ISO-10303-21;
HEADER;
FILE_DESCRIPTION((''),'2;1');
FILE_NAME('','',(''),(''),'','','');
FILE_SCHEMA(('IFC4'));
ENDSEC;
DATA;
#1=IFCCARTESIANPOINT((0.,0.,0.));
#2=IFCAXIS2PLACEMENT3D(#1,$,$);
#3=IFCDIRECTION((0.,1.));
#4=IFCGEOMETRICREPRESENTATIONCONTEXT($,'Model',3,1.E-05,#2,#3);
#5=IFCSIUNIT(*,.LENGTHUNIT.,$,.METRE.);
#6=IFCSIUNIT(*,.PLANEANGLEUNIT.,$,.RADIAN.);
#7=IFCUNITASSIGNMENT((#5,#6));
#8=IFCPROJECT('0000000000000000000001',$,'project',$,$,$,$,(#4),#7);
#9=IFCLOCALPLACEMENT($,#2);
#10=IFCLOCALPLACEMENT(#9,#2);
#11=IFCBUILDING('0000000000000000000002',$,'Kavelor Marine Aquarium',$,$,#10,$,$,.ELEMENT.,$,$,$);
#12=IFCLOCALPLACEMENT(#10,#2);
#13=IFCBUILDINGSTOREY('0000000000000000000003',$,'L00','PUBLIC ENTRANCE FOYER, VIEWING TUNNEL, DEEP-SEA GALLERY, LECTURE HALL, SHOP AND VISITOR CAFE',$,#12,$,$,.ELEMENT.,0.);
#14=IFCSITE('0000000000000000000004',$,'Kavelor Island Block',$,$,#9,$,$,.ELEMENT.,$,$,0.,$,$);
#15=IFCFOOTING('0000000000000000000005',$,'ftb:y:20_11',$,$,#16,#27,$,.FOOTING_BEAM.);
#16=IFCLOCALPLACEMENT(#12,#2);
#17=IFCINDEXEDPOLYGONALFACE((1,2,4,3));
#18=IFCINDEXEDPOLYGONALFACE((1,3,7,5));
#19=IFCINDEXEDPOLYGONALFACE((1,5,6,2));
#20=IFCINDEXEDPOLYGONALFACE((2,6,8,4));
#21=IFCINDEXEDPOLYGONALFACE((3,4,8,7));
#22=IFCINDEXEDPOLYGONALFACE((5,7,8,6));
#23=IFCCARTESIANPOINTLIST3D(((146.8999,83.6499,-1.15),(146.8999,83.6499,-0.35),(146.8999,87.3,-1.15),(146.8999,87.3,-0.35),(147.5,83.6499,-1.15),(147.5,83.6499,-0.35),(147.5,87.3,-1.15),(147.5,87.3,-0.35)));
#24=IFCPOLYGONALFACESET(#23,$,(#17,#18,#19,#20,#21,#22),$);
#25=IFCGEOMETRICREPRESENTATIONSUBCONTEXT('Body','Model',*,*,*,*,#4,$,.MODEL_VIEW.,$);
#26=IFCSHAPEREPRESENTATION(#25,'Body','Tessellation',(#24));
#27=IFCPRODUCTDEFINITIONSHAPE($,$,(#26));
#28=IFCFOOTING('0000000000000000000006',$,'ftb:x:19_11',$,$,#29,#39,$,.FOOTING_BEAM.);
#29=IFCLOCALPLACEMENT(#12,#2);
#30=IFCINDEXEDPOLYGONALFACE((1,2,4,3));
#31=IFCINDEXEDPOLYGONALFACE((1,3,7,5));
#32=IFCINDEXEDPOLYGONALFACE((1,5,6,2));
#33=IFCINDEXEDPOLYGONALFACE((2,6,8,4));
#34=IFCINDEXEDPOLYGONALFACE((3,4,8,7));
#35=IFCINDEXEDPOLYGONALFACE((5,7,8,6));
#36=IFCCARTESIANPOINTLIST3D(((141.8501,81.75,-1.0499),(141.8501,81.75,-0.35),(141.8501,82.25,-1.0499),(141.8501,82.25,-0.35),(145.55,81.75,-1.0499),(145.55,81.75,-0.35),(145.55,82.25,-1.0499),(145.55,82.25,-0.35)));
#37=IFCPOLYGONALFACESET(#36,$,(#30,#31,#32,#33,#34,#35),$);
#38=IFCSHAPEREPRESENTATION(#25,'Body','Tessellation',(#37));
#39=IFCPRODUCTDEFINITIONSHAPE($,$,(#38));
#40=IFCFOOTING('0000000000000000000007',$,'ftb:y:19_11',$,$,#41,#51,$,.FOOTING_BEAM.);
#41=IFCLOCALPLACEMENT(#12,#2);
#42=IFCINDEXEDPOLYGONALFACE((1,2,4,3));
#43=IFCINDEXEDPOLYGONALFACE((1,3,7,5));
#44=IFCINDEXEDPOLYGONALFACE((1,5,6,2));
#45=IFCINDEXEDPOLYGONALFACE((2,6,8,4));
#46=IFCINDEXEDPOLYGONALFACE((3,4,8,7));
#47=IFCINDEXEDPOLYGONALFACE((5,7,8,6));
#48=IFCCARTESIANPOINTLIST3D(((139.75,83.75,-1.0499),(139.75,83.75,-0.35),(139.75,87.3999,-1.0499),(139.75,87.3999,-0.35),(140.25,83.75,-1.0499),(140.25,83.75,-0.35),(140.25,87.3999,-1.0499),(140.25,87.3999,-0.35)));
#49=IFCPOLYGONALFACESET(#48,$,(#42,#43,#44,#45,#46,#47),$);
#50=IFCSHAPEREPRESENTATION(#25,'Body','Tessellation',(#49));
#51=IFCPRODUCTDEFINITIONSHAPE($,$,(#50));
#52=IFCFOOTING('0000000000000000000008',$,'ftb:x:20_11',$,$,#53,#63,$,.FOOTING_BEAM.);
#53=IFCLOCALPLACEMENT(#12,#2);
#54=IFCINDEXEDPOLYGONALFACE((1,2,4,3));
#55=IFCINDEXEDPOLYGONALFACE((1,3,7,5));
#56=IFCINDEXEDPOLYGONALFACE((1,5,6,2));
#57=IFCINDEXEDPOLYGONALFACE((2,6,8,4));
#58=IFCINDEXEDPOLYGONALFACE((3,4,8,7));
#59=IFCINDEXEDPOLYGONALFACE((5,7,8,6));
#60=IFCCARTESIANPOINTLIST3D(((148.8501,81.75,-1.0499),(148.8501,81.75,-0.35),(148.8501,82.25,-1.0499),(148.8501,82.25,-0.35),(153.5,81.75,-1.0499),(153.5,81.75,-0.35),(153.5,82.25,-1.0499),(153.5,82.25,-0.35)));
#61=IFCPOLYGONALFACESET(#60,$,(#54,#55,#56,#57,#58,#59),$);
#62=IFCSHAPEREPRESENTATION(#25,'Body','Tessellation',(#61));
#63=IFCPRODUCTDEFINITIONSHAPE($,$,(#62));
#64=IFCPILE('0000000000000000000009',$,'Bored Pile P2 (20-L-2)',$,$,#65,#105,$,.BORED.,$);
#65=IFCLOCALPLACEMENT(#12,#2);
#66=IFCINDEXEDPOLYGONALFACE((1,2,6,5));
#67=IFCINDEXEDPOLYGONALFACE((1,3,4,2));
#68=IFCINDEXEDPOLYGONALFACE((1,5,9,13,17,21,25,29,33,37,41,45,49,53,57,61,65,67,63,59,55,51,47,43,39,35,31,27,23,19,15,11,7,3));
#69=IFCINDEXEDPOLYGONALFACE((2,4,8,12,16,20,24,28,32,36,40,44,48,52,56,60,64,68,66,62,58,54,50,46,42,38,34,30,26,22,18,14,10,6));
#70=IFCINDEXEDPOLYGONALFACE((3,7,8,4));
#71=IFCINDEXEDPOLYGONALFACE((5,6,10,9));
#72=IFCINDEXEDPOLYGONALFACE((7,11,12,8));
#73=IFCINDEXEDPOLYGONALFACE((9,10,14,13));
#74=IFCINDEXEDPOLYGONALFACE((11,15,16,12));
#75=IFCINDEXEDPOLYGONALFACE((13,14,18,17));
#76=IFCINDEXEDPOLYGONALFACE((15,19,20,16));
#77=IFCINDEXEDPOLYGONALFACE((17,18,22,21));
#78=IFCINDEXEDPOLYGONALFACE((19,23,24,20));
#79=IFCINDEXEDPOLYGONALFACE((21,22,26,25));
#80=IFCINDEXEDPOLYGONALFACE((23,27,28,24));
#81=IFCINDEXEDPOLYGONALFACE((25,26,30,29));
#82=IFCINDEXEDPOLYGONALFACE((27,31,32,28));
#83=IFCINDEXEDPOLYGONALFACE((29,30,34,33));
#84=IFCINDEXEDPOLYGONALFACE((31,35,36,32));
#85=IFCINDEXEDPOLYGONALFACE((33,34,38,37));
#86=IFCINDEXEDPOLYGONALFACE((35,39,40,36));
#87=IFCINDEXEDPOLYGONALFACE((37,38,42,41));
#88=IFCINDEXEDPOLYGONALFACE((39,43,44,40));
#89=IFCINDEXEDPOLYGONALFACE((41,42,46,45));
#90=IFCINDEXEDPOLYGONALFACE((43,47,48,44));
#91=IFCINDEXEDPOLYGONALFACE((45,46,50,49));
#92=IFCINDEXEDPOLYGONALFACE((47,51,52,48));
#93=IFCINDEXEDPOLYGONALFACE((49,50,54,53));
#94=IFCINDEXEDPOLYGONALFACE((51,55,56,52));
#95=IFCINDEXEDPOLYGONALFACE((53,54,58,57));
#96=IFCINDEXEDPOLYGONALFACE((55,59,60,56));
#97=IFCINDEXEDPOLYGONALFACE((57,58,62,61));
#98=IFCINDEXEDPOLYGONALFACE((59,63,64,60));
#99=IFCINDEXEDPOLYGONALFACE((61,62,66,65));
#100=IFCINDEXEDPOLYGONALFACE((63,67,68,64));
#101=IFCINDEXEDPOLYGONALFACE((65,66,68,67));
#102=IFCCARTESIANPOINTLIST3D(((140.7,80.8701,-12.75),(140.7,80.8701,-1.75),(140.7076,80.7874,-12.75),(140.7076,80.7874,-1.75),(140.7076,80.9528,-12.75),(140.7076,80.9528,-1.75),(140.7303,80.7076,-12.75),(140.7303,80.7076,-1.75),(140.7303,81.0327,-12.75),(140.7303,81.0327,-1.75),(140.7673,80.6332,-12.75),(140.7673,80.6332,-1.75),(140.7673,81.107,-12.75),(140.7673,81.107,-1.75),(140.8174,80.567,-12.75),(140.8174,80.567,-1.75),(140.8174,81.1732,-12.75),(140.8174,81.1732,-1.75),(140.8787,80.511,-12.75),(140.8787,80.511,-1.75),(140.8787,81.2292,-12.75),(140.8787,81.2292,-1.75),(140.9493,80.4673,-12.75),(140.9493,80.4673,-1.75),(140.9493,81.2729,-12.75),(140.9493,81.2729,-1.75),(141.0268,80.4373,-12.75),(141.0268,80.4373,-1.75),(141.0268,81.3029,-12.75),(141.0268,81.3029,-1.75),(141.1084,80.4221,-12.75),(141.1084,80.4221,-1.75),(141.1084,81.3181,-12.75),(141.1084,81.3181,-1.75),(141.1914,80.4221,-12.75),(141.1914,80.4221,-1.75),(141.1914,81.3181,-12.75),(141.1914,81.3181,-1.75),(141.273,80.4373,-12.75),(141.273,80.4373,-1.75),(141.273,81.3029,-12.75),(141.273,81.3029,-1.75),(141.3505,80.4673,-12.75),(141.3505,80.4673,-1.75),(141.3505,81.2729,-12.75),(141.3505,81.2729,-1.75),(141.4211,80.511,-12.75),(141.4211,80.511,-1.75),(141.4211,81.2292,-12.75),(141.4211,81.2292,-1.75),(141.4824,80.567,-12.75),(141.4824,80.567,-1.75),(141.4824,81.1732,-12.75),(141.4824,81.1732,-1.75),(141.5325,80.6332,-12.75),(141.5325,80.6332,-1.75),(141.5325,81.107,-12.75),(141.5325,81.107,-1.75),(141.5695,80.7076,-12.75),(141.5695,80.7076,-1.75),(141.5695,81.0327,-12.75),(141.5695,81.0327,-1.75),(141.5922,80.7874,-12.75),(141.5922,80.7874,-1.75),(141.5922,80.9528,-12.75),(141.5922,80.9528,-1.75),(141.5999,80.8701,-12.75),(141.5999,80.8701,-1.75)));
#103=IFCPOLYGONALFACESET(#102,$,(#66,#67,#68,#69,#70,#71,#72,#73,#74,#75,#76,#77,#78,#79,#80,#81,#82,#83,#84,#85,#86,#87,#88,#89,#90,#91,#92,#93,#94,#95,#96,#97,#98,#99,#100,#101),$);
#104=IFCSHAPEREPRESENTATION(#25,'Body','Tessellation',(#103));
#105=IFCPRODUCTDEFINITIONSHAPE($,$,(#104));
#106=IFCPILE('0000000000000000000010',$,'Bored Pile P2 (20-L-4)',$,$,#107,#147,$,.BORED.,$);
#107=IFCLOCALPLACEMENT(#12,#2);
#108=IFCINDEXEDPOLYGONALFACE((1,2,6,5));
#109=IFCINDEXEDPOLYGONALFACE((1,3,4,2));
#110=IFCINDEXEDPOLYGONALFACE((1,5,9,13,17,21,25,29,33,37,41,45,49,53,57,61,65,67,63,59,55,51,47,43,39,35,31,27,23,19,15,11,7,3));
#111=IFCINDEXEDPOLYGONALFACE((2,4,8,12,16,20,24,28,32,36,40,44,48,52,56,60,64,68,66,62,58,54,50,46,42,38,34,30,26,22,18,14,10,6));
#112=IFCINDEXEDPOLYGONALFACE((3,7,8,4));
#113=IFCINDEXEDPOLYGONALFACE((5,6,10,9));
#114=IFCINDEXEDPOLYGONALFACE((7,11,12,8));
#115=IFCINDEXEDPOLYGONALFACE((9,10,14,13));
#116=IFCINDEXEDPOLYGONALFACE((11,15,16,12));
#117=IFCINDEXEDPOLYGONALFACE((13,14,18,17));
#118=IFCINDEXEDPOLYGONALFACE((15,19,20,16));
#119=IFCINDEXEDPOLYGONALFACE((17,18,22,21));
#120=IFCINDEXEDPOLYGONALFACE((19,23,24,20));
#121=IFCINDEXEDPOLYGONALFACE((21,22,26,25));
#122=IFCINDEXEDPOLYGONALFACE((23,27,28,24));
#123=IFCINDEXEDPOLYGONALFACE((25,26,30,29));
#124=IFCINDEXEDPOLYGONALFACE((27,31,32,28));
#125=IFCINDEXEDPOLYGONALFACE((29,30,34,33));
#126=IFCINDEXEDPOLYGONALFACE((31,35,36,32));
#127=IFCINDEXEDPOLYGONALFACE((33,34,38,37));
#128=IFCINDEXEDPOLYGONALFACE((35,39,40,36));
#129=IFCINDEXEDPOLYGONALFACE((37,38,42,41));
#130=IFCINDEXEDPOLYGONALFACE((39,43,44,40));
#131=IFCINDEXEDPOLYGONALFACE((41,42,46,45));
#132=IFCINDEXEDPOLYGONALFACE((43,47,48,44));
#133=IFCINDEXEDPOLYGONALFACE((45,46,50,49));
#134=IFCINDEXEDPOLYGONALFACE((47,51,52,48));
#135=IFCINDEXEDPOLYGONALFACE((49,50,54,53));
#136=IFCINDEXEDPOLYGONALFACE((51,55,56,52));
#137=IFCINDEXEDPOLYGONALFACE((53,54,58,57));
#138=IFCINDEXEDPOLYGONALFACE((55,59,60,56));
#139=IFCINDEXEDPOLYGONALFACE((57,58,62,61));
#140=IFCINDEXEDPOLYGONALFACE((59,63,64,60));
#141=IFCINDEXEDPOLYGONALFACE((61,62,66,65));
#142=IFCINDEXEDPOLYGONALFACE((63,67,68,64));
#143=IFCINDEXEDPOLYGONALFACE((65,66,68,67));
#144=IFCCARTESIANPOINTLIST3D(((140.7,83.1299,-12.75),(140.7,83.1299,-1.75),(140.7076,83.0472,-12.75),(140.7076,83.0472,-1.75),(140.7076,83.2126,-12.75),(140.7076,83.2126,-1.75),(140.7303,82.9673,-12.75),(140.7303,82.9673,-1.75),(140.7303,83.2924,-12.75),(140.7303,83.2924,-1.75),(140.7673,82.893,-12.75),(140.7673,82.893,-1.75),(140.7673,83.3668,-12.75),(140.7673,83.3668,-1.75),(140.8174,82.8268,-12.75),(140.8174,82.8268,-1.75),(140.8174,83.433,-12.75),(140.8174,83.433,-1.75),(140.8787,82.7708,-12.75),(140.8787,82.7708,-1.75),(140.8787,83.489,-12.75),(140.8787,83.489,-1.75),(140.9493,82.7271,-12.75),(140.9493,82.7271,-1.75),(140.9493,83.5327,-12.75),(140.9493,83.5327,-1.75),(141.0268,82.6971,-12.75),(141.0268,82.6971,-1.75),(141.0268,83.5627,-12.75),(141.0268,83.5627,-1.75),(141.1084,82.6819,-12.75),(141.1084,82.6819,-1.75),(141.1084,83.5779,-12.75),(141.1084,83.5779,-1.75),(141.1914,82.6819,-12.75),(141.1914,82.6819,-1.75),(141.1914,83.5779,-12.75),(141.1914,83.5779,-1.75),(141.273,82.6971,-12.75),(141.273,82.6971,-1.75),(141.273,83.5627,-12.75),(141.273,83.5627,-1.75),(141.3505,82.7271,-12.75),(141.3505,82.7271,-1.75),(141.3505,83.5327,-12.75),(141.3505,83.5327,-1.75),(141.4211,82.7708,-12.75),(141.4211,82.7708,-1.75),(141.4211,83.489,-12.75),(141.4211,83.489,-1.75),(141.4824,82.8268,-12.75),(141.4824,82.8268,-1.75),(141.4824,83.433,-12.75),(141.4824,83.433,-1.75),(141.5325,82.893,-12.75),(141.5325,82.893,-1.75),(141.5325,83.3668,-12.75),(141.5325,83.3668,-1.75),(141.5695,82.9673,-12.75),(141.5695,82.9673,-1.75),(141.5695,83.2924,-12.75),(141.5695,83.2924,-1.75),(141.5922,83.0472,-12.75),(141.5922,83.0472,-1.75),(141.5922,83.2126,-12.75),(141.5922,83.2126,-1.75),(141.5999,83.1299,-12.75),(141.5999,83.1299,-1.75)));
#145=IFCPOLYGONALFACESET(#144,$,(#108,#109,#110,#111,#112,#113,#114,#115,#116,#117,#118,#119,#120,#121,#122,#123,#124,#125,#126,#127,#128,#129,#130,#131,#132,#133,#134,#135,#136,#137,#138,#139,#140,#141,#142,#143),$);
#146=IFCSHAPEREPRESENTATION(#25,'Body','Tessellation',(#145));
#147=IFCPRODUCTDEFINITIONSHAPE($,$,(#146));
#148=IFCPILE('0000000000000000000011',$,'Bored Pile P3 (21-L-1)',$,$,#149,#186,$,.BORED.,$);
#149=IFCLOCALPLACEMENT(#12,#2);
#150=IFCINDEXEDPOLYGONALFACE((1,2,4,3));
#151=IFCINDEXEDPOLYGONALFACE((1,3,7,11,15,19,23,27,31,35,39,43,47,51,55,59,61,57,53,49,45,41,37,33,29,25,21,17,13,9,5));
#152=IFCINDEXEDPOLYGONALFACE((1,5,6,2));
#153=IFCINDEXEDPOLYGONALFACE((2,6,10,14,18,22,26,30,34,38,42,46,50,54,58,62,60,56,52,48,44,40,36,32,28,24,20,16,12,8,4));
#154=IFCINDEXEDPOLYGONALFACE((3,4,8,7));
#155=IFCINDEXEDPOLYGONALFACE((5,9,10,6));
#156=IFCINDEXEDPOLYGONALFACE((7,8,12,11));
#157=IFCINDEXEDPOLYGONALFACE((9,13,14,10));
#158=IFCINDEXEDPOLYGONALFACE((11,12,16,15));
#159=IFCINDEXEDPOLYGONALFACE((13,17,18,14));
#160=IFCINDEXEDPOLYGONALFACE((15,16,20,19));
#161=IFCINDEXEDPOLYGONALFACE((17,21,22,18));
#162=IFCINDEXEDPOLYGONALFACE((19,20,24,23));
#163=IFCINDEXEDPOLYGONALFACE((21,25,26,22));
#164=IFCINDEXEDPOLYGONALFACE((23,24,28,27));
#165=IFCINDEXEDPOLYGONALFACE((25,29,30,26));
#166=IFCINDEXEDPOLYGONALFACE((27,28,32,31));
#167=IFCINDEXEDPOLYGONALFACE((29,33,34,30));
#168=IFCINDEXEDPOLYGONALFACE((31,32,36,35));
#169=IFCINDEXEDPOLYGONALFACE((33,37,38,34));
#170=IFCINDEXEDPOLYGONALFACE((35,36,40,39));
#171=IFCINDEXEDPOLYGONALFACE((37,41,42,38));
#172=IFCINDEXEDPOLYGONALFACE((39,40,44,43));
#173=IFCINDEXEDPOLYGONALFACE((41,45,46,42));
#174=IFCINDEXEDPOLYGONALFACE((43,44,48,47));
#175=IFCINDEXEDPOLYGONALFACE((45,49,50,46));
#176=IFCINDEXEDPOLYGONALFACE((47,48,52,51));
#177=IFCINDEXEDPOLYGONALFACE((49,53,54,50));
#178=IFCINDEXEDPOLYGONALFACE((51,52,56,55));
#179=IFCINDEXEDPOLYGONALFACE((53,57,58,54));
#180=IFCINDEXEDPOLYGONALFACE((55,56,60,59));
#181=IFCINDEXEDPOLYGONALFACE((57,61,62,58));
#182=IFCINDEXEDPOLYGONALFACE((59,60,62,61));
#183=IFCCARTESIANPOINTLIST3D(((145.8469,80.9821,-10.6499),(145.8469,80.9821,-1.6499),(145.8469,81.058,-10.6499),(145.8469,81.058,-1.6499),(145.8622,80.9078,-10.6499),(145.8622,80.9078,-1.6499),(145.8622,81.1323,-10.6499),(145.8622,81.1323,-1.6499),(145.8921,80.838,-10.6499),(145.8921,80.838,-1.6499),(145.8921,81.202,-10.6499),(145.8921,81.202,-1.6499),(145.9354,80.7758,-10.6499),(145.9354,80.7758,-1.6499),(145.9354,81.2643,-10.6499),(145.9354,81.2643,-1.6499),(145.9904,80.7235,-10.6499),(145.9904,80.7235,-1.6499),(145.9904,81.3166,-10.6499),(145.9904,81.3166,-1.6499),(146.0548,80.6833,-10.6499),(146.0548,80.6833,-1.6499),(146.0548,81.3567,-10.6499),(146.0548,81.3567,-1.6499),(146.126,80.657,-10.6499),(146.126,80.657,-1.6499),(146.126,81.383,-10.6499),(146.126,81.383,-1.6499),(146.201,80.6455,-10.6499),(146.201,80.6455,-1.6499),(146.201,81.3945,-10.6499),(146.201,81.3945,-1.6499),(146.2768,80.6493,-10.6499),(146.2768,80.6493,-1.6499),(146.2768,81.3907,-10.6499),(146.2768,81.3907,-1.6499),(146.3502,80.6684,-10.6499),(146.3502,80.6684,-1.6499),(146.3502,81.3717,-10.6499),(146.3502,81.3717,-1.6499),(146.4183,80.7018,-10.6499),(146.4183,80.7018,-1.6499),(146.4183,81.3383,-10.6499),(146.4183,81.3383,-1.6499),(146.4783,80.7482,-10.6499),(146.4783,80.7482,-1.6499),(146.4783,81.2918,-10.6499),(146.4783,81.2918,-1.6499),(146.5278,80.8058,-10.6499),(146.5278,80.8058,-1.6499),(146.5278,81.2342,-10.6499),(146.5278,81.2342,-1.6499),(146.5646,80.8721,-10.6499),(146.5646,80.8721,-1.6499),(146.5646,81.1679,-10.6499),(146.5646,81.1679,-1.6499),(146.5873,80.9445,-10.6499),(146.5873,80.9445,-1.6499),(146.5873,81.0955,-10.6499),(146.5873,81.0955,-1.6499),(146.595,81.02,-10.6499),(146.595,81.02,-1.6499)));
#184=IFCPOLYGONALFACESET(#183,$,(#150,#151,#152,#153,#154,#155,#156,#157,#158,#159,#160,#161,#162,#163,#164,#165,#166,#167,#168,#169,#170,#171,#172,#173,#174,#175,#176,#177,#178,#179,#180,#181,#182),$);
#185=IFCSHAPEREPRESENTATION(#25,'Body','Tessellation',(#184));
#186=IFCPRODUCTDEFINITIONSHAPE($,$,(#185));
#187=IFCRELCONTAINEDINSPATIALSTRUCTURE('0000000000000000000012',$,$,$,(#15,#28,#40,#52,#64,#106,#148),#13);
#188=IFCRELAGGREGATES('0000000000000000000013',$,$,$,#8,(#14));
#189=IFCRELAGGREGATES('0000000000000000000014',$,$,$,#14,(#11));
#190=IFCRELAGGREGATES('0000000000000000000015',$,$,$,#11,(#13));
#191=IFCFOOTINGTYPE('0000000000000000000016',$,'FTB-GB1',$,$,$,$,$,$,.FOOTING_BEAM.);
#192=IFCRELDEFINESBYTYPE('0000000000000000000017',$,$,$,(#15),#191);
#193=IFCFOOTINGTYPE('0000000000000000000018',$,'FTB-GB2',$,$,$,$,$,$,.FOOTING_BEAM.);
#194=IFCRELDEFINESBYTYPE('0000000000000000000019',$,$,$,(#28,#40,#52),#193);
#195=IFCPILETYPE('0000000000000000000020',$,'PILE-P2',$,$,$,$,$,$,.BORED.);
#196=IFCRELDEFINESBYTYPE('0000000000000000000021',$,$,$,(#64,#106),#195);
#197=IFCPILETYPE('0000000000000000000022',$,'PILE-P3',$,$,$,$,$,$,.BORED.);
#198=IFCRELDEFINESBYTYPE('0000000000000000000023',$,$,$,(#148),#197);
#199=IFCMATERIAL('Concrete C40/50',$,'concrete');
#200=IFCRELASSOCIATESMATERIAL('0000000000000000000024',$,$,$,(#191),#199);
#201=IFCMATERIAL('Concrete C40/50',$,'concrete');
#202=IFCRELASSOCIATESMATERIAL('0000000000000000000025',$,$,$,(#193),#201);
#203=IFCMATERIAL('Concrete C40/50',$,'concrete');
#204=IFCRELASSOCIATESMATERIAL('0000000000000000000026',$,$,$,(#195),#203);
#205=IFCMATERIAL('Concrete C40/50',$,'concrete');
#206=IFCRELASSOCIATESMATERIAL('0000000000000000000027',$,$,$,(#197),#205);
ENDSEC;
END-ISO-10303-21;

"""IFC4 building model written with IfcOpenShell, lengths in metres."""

from ifc_helpers import new_model, si_unit, direction, frame, origin, origin_2d, place, context, subcontext, project, spatial, rectangle, circle, extrude, material, material_profile, profile_set, type_object, element, save


model = new_model("IFC4")

# Units and contexts
model_context = context("Model", 3, precision=1e-05, world=origin(), true_north=direction((0.0, 1.0)))
body_context = subcontext(model_context, "Body", "Model", "MODEL_VIEW")
ifc_project = project(units=[si_unit("LENGTHUNIT", "METRE"), si_unit("PLANEANGLEUNIT", "RADIAN")], contexts=[model_context])

# Site, building, storey
site_placement = place(None, origin())
site = spatial("IfcSite", under=ifc_project, at=site_placement, Name="Kavelor Island Block", CompositionType="ELEMENT", RefElevation=0.0)
building_placement = place(site_placement, origin())
building = spatial("IfcBuilding", under=site, at=building_placement, Name="Kavelor Marine Aquarium", CompositionType="ELEMENT")
storey_placement = place(building_placement, origin())
storey = spatial("IfcBuildingStorey", under=building, at=storey_placement, Name="L00", Description="PUBLIC ENTRANCE FOYER, VIEWING TUNNEL, DEEP-SEA GALLERY, LECTURE HALL, SHOP AND VISITOR CAFE", CompositionType="ELEMENT", Elevation=0.0)

# Footings
ifc_material_1 = material(Name="Concrete C40/50", Category="concrete")
ifc_material_profile_1 = material_profile(ifc_material_1, rectangle(XDim=0.6001, YDim=0.8, at=origin_2d()), Name="GB 600x800")
ifc_profile_set_1 = profile_set([ifc_material_profile_1], Name="Concrete C40/50")
footing_type_1 = type_object("IfcFootingType", Name="FTB-GB1", PredefinedType="FOOTING_BEAM", material=ifc_profile_set_1)
footing_1_placement = place(storey_placement, frame((147.2, 83.6499, -0.75), z_axis=(0.0, 1.0, 0.0), x_axis=(-1.0, 0.0, 0.0)))
element("IfcFooting", 1, at=footing_1_placement, inside=storey, type_object=footing_type_1, Name="ftb:y:20_11", PredefinedType="FOOTING_BEAM", context=body_context, shape_type="SweptSolid", body=[
    extrude(rectangle(XDim=0.6001, YDim=0.8, at=origin_2d()), origin(), (0.0, 0.0, 1.0), 3.6501),
])
ifc_material_2 = material(Name="Concrete C40/50", Category="concrete")
ifc_material_profile_2 = material_profile(ifc_material_2, rectangle(XDim=0.5, YDim=0.7, at=origin_2d()), Name="GB 500x700")
ifc_profile_set_2 = profile_set([ifc_material_profile_2], Name="Concrete C40/50")
footing_type_2 = type_object("IfcFootingType", Name="FTB-GB2", PredefinedType="FOOTING_BEAM", material=ifc_profile_set_2)
footing_2_placement = place(storey_placement, frame((141.8501, 82.0, -0.7), z_axis=(1.0, 0.0, 0.0), x_axis=(0.0, 1.0, 0.0)))
element("IfcFooting", 2, at=footing_2_placement, inside=storey, type_object=footing_type_2, Name="ftb:x:19_11", PredefinedType="FOOTING_BEAM", context=body_context, shape_type="SweptSolid", body=[
    extrude(rectangle(XDim=0.5, YDim=0.7, at=origin_2d()), origin(), (0.0, 0.0, 1.0), 3.7),
])
footing_3_placement = place(storey_placement, frame((140.0, 83.75, -0.7), z_axis=(0.0, 1.0, 0.0), x_axis=(-1.0, 0.0, 0.0)))
element("IfcFooting", 3, at=footing_3_placement, inside=storey, type_object=footing_type_2, Name="ftb:y:19_11", PredefinedType="FOOTING_BEAM", context=body_context, shape_type="SweptSolid", body=[
    extrude(rectangle(XDim=0.5, YDim=0.7, at=origin_2d()), origin(), (0.0, 0.0, 1.0), 3.6499),
])
footing_4_placement = place(storey_placement, frame((148.8501, 82.0, -0.7), z_axis=(1.0, 0.0, 0.0), x_axis=(0.0, 1.0, 0.0)))
element("IfcFooting", 4, at=footing_4_placement, inside=storey, type_object=footing_type_2, Name="ftb:x:20_11", PredefinedType="FOOTING_BEAM", context=body_context, shape_type="SweptSolid", body=[
    extrude(rectangle(XDim=0.5, YDim=0.7, at=origin_2d()), origin(), (0.0, 0.0, 1.0), 4.6499),
])

# Piles
ifc_material_3 = material(Name="Concrete C40/50", Category="concrete")
ifc_material_profile_3 = material_profile(ifc_material_3, circle(Radius=0.45, at=origin_2d()), Name="PILE D900")
ifc_profile_set_3 = profile_set([ifc_material_profile_3], Name="Concrete C40/50")
pile_type_1 = type_object("IfcPileType", Name="PILE-P2", PredefinedType="BORED", material=ifc_profile_set_3)
for number, where, z_axis, x_axis, name in (
    (5, (141.1499, 80.8701, -1.75), (0.0, 0.0, -1.0), (1.0, 0.0, 0.0), "Bored Pile P2 (20-L-2)"),
    (6, (141.1499, 83.1299, -1.75), (0.0, 0.0, -1.0), (1.0, 0.0, 0.0), "Bored Pile P2 (20-L-4)"),
):
    element("IfcPile", number, at=place(storey_placement, frame(where, z_axis=z_axis, x_axis=x_axis)), inside=storey, type_object=pile_type_1, Name=name, PredefinedType="BORED", context=body_context, shape_type="SweptSolid", body=[
        extrude(circle(Radius=0.45, at=origin_2d()), origin(), (0.0, 0.0, 1.0), 11.0),
    ])
ifc_material_4 = material(Name="Concrete C40/50", Category="concrete")
ifc_material_profile_4 = material_profile(ifc_material_4, circle(Radius=0.375, at=origin_2d()), Name="PILE D750")
ifc_profile_set_4 = profile_set([ifc_material_profile_4], Name="Concrete C40/50")
pile_type_2 = type_object("IfcPileType", Name="PILE-P3", PredefinedType="BORED", material=ifc_profile_set_4)
for number, where, z_axis, x_axis, name in (
    (7, (146.22, 81.02, -1.6499), (0.0, 0.0, -1.0), (1.0, 0.0, 0.0), "Bored Pile P3 (21-L-1)"),
):
    element("IfcPile", number, at=place(storey_placement, frame(where, z_axis=z_axis, x_axis=x_axis)), inside=storey, type_object=pile_type_2, Name=name, PredefinedType="BORED", context=body_context, shape_type="SweptSolid", body=[
        extrude(circle(Radius=0.375, at=origin_2d()), origin(), (0.0, 0.0, 1.0), 9.0),
    ])

save(model, "model.ifc")
